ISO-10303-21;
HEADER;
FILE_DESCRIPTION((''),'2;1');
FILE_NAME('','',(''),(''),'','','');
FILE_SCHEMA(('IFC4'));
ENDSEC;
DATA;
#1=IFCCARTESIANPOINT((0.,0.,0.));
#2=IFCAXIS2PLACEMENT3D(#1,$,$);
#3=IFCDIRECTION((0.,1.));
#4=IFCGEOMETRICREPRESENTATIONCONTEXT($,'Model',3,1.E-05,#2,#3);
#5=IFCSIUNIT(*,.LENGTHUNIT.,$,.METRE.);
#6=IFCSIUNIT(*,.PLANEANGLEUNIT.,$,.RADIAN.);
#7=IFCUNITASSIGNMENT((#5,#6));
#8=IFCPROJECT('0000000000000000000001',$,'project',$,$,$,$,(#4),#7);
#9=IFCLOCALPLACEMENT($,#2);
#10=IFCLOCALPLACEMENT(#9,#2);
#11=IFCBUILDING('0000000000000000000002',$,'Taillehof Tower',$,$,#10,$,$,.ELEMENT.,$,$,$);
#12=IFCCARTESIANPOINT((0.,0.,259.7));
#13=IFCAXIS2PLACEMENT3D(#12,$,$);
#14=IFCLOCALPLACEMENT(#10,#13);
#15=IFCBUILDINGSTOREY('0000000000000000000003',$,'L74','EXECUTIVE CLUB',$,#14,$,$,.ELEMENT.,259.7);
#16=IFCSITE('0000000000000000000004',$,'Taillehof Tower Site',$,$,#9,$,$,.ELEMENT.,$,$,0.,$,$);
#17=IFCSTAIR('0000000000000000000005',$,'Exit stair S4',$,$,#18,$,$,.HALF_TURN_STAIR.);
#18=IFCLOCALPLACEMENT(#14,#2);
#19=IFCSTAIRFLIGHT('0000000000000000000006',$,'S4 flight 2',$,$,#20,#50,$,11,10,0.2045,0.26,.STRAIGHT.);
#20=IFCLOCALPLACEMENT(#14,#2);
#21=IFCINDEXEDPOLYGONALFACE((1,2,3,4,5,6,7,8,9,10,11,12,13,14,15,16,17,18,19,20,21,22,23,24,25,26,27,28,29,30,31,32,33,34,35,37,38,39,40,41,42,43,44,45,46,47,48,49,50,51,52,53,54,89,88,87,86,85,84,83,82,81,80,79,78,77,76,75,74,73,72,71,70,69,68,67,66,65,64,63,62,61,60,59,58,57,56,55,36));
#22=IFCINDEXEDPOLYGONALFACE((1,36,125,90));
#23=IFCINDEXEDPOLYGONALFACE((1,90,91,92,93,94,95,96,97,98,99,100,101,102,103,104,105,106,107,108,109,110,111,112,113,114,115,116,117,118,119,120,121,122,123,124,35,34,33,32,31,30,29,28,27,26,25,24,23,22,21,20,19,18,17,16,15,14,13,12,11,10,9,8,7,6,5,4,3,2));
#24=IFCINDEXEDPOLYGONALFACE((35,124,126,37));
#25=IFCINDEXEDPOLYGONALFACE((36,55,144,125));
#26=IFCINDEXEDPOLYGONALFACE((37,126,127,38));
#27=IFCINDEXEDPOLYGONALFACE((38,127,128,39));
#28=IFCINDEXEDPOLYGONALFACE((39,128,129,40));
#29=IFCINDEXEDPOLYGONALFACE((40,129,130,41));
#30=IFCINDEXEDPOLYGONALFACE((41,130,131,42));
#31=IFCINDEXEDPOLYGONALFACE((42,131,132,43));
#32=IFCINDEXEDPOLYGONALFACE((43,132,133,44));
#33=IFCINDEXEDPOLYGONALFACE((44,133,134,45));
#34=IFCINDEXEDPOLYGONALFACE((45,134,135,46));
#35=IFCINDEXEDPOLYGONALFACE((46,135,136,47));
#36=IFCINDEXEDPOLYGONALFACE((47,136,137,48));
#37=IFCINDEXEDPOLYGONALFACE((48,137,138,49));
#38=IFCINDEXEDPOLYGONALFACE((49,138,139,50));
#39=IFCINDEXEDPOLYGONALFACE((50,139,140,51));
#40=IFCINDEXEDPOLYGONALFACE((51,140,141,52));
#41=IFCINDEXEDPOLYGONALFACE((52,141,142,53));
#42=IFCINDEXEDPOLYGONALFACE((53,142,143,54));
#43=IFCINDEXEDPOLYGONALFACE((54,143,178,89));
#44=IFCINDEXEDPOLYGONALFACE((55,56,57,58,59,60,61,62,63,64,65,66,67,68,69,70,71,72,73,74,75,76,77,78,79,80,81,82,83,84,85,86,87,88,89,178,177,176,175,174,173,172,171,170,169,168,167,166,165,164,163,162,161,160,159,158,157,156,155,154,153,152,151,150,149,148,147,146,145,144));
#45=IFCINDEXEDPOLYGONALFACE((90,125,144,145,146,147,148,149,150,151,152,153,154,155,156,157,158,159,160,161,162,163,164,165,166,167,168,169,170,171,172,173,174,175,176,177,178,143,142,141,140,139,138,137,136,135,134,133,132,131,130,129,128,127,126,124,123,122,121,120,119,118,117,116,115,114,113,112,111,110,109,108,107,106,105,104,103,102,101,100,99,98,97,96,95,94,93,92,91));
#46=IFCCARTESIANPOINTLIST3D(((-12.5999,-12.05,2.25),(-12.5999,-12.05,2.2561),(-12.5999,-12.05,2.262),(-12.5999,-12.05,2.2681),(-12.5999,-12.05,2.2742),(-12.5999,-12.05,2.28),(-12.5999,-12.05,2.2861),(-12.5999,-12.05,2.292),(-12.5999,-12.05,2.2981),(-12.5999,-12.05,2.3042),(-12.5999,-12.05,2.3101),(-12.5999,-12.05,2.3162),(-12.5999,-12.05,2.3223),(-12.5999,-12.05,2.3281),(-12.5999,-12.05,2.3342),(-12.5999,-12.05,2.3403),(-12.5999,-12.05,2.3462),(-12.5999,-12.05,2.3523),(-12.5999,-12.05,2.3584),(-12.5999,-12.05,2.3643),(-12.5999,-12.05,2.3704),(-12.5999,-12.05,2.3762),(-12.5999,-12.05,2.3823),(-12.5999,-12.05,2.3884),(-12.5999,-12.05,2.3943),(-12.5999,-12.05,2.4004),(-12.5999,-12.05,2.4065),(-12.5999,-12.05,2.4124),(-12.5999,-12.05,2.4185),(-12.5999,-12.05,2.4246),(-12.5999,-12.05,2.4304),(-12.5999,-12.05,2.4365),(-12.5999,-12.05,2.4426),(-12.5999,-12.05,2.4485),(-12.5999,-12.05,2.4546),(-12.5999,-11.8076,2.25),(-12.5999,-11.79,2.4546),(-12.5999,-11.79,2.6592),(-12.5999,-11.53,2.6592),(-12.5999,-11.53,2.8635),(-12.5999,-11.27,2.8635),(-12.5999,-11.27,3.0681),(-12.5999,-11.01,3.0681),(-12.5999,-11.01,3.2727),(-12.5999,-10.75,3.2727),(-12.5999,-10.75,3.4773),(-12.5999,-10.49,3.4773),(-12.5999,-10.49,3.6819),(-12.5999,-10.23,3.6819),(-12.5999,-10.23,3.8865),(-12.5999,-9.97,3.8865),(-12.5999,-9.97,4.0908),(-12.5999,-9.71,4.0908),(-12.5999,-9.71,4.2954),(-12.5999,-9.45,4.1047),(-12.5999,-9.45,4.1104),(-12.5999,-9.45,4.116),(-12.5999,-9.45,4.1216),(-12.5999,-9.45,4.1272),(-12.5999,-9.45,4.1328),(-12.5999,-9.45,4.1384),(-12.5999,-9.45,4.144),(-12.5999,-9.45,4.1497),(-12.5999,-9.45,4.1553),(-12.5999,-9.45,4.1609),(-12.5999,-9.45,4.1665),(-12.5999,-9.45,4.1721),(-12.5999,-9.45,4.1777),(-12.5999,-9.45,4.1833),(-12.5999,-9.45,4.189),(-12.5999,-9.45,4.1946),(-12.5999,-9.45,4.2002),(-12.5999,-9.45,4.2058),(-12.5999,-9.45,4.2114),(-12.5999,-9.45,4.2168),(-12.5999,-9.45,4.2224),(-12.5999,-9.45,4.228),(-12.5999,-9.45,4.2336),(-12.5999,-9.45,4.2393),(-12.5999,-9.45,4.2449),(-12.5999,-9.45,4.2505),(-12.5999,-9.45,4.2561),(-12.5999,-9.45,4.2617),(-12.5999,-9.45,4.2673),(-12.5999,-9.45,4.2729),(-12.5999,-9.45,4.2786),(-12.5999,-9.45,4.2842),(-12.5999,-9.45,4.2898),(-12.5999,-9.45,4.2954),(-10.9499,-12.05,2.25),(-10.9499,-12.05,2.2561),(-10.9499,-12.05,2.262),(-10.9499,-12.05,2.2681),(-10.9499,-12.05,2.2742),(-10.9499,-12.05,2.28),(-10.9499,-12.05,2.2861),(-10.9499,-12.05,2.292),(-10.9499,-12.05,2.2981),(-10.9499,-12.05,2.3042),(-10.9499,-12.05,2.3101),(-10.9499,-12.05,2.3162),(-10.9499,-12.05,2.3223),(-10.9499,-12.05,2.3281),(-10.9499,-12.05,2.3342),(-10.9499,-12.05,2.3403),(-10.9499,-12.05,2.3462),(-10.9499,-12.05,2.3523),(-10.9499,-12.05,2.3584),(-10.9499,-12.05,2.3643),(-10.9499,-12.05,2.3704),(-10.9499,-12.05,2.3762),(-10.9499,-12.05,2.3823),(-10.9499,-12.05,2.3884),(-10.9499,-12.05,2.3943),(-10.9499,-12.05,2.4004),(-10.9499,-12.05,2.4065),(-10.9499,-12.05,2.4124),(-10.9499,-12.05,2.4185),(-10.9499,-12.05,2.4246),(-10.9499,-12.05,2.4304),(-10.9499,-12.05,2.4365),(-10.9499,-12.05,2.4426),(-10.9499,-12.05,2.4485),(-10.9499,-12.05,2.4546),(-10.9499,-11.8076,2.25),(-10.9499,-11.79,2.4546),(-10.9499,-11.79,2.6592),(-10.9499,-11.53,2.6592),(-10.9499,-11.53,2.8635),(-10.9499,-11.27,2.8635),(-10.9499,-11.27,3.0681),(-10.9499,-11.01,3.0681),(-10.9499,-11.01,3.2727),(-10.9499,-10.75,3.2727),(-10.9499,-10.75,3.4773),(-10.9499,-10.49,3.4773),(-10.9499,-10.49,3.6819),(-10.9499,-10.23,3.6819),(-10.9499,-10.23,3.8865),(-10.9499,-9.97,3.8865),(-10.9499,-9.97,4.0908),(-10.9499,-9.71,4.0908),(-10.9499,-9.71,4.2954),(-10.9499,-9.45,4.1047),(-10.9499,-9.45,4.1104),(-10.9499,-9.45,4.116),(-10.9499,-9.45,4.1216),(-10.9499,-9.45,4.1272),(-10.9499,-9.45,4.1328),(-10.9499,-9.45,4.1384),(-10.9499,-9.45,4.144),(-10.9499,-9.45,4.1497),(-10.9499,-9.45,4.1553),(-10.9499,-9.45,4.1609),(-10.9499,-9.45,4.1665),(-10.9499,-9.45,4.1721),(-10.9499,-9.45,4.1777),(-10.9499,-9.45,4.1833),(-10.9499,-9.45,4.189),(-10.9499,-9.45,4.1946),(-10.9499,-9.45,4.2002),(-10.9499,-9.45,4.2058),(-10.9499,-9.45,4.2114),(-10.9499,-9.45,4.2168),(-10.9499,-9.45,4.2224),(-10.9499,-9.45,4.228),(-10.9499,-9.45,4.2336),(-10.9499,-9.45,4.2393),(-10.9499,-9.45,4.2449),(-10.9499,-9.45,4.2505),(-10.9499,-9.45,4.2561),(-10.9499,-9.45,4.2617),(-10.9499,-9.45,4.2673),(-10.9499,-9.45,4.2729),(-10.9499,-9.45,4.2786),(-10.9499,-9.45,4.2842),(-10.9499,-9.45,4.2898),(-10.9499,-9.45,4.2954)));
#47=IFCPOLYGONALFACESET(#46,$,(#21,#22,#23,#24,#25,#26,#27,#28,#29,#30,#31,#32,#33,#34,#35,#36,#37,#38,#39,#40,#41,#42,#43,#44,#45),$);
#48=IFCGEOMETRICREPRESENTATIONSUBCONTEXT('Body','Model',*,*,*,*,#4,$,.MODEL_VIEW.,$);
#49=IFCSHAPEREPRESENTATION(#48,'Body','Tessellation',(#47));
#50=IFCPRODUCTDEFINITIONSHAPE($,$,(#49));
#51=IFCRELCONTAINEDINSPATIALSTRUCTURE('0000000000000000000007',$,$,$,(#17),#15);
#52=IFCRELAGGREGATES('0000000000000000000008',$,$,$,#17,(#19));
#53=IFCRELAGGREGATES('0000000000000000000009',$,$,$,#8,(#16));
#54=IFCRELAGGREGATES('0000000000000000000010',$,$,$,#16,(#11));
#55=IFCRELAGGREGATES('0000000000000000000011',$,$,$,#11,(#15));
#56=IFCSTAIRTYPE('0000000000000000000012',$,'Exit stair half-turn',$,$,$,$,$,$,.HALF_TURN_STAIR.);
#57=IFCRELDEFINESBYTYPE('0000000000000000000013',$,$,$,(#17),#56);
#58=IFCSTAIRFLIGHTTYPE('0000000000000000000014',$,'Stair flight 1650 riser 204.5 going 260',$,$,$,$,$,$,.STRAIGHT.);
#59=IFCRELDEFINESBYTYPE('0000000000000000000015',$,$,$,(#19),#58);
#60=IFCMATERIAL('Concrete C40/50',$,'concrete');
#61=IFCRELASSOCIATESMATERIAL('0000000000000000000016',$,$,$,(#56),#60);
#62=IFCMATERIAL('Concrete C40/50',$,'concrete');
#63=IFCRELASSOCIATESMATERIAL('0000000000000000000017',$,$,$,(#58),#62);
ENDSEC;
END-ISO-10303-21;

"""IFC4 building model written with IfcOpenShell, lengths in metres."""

from ifc_helpers import new_model, si_unit, direction, frame, origin, place, context, subcontext, project, spatial, polyline, outline, extrude, material, type_object, element, aggregate, save


model = new_model("IFC4")

# Units and contexts
model_context = context("Model", 3, precision=1e-05, world=origin(), true_north=direction((0.0, 1.0)))
body_context = subcontext(model_context, "Body", "Model", "MODEL_VIEW")
ifc_project = project(units=[si_unit("LENGTHUNIT", "METRE"), si_unit("PLANEANGLEUNIT", "RADIAN")], contexts=[model_context])

# Site, building, storey
site_placement = place(None, origin())
site = spatial("IfcSite", under=ifc_project, at=site_placement, Name="Taillehof Tower Site", CompositionType="ELEMENT", RefElevation=0.0)
building_placement = place(site_placement, origin())
building = spatial("IfcBuilding", under=site, at=building_placement, Name="Taillehof Tower", CompositionType="ELEMENT")
storey_placement = place(building_placement, frame((0.0, 0.0, 259.7)))
storey = spatial("IfcBuildingStorey", under=building, at=storey_placement, Name="L74", Description="EXECUTIVE CLUB", CompositionType="ELEMENT", Elevation=259.7)

# Stair, stair flight
ifc_material_1 = material(Name="Concrete C40/50", Category="concrete")
stair_type = type_object("IfcStairType", Name="Exit stair half-turn", PredefinedType="HALF_TURN_STAIR", material=ifc_material_1)
stair_placement = place(storey_placement, origin())
stair = element("IfcStair", 1, at=stair_placement, inside=storey, type_object=stair_type, Name="Exit stair S4", PredefinedType="HALF_TURN_STAIR")
ifc_material_2 = material(Name="Concrete C40/50", Category="concrete")
stair_flight_type = type_object("IfcStairFlightType", Name="Stair flight 1650 riser 204.5 going 260", PredefinedType="STRAIGHT", material=ifc_material_2)
stair_flight_1_placement = place(storey_placement, frame((-11.7749, -12.05, 2.25), z_axis=(0.0, 0.0, 1.0), x_axis=(0.0, 1.0, 0.0)))
stair_flight_1 = element("IfcStairFlight", 2, at=stair_flight_1_placement, type_object=stair_flight_type, Name="S4 flight 2", NumberOfRisers=11, NumberOfTreads=10, PredefinedType="STRAIGHT", RiserHeight=0.2045, TreadLength=0.26, context=body_context, shape_type="SweptSolid", body=[
    extrude(outline(polyline([(0.0, 0.0), (0.0, 0.0061), (0.0, 0.012), (0.0, 0.0181), (0.0, 0.0242), (0.0, 0.03), (0.0, 0.0361), (0.0, 0.042), (0.0, 0.0481), (0.0, 0.0542), (0.0, 0.0601), (0.0, 0.0662), (0.0, 0.0723), (0.0, 0.0781), (0.0, 0.0842), (0.0, 0.0903), (0.0, 0.0962), (0.0, 0.1023), (0.0, 0.1084), (0.0, 0.1143), (0.0, 0.1204), (0.0, 0.1262), (0.0, 0.1323), (0.0, 0.1384), (0.0, 0.1443), (0.0, 0.1504), (0.0, 0.1565), (0.0, 0.1624), (0.0, 0.1685), (0.0, 0.1746), (0.0, 0.1804), (0.0, 0.1865), (0.0, 0.1926), (0.0, 0.1985), (0.0, 0.2046), (0.26, 0.2046), (0.26, 0.4092), (0.52, 0.4092), (0.52, 0.6135), (0.78, 0.6135), (0.78, 0.8181), (1.04, 0.8181), (1.04, 1.0227), (1.3, 1.0227), (1.3, 1.2273), (1.5601, 1.2273), (1.5601, 1.4319), (1.8201, 1.4319), (1.8201, 1.6365), (2.0801, 1.6365), (2.0801, 1.8408), (2.3401, 1.8408), (2.3401, 2.0454), (2.6001, 2.0454), (2.6001, 2.0398), (2.6001, 2.0342), (2.6001, 2.0286), (2.6001, 2.0229), (2.6001, 2.0173), (2.6001, 2.0117), (2.6001, 2.0061), (2.6001, 2.0005), (2.6001, 1.9949), (2.6001, 1.9893), (2.6001, 1.9836), (2.6001, 1.978), (2.6001, 1.9724), (2.6001, 1.9668), (2.6001, 1.9614), (2.6001, 1.9558), (2.6001, 1.9502), (2.6001, 1.9446), (2.6001, 1.939), (2.6001, 1.9333), (2.6001, 1.9277), (2.6001, 1.9221), (2.6001, 1.9165), (2.6001, 1.9109), (2.6001, 1.9053), (2.6001, 1.8997), (2.6001, 1.894), (2.6001, 1.8884), (2.6001, 1.8828), (2.6001, 1.8772), (2.6001, 1.8716), (2.6001, 1.866), (2.6001, 1.8604), (2.6001, 1.8547), (0.2424, 0.0), (0.0, 0.0)])), frame((0.0, 0.825, 0.0), z_axis=(0.0, -1.0, 0.0), x_axis=(1.0, 0.0, 0.0)), (0.0, 0.0, 1.0), 1.65),
])
aggregate(stair, [stair_flight_1])

save(model, "model.ifc")
